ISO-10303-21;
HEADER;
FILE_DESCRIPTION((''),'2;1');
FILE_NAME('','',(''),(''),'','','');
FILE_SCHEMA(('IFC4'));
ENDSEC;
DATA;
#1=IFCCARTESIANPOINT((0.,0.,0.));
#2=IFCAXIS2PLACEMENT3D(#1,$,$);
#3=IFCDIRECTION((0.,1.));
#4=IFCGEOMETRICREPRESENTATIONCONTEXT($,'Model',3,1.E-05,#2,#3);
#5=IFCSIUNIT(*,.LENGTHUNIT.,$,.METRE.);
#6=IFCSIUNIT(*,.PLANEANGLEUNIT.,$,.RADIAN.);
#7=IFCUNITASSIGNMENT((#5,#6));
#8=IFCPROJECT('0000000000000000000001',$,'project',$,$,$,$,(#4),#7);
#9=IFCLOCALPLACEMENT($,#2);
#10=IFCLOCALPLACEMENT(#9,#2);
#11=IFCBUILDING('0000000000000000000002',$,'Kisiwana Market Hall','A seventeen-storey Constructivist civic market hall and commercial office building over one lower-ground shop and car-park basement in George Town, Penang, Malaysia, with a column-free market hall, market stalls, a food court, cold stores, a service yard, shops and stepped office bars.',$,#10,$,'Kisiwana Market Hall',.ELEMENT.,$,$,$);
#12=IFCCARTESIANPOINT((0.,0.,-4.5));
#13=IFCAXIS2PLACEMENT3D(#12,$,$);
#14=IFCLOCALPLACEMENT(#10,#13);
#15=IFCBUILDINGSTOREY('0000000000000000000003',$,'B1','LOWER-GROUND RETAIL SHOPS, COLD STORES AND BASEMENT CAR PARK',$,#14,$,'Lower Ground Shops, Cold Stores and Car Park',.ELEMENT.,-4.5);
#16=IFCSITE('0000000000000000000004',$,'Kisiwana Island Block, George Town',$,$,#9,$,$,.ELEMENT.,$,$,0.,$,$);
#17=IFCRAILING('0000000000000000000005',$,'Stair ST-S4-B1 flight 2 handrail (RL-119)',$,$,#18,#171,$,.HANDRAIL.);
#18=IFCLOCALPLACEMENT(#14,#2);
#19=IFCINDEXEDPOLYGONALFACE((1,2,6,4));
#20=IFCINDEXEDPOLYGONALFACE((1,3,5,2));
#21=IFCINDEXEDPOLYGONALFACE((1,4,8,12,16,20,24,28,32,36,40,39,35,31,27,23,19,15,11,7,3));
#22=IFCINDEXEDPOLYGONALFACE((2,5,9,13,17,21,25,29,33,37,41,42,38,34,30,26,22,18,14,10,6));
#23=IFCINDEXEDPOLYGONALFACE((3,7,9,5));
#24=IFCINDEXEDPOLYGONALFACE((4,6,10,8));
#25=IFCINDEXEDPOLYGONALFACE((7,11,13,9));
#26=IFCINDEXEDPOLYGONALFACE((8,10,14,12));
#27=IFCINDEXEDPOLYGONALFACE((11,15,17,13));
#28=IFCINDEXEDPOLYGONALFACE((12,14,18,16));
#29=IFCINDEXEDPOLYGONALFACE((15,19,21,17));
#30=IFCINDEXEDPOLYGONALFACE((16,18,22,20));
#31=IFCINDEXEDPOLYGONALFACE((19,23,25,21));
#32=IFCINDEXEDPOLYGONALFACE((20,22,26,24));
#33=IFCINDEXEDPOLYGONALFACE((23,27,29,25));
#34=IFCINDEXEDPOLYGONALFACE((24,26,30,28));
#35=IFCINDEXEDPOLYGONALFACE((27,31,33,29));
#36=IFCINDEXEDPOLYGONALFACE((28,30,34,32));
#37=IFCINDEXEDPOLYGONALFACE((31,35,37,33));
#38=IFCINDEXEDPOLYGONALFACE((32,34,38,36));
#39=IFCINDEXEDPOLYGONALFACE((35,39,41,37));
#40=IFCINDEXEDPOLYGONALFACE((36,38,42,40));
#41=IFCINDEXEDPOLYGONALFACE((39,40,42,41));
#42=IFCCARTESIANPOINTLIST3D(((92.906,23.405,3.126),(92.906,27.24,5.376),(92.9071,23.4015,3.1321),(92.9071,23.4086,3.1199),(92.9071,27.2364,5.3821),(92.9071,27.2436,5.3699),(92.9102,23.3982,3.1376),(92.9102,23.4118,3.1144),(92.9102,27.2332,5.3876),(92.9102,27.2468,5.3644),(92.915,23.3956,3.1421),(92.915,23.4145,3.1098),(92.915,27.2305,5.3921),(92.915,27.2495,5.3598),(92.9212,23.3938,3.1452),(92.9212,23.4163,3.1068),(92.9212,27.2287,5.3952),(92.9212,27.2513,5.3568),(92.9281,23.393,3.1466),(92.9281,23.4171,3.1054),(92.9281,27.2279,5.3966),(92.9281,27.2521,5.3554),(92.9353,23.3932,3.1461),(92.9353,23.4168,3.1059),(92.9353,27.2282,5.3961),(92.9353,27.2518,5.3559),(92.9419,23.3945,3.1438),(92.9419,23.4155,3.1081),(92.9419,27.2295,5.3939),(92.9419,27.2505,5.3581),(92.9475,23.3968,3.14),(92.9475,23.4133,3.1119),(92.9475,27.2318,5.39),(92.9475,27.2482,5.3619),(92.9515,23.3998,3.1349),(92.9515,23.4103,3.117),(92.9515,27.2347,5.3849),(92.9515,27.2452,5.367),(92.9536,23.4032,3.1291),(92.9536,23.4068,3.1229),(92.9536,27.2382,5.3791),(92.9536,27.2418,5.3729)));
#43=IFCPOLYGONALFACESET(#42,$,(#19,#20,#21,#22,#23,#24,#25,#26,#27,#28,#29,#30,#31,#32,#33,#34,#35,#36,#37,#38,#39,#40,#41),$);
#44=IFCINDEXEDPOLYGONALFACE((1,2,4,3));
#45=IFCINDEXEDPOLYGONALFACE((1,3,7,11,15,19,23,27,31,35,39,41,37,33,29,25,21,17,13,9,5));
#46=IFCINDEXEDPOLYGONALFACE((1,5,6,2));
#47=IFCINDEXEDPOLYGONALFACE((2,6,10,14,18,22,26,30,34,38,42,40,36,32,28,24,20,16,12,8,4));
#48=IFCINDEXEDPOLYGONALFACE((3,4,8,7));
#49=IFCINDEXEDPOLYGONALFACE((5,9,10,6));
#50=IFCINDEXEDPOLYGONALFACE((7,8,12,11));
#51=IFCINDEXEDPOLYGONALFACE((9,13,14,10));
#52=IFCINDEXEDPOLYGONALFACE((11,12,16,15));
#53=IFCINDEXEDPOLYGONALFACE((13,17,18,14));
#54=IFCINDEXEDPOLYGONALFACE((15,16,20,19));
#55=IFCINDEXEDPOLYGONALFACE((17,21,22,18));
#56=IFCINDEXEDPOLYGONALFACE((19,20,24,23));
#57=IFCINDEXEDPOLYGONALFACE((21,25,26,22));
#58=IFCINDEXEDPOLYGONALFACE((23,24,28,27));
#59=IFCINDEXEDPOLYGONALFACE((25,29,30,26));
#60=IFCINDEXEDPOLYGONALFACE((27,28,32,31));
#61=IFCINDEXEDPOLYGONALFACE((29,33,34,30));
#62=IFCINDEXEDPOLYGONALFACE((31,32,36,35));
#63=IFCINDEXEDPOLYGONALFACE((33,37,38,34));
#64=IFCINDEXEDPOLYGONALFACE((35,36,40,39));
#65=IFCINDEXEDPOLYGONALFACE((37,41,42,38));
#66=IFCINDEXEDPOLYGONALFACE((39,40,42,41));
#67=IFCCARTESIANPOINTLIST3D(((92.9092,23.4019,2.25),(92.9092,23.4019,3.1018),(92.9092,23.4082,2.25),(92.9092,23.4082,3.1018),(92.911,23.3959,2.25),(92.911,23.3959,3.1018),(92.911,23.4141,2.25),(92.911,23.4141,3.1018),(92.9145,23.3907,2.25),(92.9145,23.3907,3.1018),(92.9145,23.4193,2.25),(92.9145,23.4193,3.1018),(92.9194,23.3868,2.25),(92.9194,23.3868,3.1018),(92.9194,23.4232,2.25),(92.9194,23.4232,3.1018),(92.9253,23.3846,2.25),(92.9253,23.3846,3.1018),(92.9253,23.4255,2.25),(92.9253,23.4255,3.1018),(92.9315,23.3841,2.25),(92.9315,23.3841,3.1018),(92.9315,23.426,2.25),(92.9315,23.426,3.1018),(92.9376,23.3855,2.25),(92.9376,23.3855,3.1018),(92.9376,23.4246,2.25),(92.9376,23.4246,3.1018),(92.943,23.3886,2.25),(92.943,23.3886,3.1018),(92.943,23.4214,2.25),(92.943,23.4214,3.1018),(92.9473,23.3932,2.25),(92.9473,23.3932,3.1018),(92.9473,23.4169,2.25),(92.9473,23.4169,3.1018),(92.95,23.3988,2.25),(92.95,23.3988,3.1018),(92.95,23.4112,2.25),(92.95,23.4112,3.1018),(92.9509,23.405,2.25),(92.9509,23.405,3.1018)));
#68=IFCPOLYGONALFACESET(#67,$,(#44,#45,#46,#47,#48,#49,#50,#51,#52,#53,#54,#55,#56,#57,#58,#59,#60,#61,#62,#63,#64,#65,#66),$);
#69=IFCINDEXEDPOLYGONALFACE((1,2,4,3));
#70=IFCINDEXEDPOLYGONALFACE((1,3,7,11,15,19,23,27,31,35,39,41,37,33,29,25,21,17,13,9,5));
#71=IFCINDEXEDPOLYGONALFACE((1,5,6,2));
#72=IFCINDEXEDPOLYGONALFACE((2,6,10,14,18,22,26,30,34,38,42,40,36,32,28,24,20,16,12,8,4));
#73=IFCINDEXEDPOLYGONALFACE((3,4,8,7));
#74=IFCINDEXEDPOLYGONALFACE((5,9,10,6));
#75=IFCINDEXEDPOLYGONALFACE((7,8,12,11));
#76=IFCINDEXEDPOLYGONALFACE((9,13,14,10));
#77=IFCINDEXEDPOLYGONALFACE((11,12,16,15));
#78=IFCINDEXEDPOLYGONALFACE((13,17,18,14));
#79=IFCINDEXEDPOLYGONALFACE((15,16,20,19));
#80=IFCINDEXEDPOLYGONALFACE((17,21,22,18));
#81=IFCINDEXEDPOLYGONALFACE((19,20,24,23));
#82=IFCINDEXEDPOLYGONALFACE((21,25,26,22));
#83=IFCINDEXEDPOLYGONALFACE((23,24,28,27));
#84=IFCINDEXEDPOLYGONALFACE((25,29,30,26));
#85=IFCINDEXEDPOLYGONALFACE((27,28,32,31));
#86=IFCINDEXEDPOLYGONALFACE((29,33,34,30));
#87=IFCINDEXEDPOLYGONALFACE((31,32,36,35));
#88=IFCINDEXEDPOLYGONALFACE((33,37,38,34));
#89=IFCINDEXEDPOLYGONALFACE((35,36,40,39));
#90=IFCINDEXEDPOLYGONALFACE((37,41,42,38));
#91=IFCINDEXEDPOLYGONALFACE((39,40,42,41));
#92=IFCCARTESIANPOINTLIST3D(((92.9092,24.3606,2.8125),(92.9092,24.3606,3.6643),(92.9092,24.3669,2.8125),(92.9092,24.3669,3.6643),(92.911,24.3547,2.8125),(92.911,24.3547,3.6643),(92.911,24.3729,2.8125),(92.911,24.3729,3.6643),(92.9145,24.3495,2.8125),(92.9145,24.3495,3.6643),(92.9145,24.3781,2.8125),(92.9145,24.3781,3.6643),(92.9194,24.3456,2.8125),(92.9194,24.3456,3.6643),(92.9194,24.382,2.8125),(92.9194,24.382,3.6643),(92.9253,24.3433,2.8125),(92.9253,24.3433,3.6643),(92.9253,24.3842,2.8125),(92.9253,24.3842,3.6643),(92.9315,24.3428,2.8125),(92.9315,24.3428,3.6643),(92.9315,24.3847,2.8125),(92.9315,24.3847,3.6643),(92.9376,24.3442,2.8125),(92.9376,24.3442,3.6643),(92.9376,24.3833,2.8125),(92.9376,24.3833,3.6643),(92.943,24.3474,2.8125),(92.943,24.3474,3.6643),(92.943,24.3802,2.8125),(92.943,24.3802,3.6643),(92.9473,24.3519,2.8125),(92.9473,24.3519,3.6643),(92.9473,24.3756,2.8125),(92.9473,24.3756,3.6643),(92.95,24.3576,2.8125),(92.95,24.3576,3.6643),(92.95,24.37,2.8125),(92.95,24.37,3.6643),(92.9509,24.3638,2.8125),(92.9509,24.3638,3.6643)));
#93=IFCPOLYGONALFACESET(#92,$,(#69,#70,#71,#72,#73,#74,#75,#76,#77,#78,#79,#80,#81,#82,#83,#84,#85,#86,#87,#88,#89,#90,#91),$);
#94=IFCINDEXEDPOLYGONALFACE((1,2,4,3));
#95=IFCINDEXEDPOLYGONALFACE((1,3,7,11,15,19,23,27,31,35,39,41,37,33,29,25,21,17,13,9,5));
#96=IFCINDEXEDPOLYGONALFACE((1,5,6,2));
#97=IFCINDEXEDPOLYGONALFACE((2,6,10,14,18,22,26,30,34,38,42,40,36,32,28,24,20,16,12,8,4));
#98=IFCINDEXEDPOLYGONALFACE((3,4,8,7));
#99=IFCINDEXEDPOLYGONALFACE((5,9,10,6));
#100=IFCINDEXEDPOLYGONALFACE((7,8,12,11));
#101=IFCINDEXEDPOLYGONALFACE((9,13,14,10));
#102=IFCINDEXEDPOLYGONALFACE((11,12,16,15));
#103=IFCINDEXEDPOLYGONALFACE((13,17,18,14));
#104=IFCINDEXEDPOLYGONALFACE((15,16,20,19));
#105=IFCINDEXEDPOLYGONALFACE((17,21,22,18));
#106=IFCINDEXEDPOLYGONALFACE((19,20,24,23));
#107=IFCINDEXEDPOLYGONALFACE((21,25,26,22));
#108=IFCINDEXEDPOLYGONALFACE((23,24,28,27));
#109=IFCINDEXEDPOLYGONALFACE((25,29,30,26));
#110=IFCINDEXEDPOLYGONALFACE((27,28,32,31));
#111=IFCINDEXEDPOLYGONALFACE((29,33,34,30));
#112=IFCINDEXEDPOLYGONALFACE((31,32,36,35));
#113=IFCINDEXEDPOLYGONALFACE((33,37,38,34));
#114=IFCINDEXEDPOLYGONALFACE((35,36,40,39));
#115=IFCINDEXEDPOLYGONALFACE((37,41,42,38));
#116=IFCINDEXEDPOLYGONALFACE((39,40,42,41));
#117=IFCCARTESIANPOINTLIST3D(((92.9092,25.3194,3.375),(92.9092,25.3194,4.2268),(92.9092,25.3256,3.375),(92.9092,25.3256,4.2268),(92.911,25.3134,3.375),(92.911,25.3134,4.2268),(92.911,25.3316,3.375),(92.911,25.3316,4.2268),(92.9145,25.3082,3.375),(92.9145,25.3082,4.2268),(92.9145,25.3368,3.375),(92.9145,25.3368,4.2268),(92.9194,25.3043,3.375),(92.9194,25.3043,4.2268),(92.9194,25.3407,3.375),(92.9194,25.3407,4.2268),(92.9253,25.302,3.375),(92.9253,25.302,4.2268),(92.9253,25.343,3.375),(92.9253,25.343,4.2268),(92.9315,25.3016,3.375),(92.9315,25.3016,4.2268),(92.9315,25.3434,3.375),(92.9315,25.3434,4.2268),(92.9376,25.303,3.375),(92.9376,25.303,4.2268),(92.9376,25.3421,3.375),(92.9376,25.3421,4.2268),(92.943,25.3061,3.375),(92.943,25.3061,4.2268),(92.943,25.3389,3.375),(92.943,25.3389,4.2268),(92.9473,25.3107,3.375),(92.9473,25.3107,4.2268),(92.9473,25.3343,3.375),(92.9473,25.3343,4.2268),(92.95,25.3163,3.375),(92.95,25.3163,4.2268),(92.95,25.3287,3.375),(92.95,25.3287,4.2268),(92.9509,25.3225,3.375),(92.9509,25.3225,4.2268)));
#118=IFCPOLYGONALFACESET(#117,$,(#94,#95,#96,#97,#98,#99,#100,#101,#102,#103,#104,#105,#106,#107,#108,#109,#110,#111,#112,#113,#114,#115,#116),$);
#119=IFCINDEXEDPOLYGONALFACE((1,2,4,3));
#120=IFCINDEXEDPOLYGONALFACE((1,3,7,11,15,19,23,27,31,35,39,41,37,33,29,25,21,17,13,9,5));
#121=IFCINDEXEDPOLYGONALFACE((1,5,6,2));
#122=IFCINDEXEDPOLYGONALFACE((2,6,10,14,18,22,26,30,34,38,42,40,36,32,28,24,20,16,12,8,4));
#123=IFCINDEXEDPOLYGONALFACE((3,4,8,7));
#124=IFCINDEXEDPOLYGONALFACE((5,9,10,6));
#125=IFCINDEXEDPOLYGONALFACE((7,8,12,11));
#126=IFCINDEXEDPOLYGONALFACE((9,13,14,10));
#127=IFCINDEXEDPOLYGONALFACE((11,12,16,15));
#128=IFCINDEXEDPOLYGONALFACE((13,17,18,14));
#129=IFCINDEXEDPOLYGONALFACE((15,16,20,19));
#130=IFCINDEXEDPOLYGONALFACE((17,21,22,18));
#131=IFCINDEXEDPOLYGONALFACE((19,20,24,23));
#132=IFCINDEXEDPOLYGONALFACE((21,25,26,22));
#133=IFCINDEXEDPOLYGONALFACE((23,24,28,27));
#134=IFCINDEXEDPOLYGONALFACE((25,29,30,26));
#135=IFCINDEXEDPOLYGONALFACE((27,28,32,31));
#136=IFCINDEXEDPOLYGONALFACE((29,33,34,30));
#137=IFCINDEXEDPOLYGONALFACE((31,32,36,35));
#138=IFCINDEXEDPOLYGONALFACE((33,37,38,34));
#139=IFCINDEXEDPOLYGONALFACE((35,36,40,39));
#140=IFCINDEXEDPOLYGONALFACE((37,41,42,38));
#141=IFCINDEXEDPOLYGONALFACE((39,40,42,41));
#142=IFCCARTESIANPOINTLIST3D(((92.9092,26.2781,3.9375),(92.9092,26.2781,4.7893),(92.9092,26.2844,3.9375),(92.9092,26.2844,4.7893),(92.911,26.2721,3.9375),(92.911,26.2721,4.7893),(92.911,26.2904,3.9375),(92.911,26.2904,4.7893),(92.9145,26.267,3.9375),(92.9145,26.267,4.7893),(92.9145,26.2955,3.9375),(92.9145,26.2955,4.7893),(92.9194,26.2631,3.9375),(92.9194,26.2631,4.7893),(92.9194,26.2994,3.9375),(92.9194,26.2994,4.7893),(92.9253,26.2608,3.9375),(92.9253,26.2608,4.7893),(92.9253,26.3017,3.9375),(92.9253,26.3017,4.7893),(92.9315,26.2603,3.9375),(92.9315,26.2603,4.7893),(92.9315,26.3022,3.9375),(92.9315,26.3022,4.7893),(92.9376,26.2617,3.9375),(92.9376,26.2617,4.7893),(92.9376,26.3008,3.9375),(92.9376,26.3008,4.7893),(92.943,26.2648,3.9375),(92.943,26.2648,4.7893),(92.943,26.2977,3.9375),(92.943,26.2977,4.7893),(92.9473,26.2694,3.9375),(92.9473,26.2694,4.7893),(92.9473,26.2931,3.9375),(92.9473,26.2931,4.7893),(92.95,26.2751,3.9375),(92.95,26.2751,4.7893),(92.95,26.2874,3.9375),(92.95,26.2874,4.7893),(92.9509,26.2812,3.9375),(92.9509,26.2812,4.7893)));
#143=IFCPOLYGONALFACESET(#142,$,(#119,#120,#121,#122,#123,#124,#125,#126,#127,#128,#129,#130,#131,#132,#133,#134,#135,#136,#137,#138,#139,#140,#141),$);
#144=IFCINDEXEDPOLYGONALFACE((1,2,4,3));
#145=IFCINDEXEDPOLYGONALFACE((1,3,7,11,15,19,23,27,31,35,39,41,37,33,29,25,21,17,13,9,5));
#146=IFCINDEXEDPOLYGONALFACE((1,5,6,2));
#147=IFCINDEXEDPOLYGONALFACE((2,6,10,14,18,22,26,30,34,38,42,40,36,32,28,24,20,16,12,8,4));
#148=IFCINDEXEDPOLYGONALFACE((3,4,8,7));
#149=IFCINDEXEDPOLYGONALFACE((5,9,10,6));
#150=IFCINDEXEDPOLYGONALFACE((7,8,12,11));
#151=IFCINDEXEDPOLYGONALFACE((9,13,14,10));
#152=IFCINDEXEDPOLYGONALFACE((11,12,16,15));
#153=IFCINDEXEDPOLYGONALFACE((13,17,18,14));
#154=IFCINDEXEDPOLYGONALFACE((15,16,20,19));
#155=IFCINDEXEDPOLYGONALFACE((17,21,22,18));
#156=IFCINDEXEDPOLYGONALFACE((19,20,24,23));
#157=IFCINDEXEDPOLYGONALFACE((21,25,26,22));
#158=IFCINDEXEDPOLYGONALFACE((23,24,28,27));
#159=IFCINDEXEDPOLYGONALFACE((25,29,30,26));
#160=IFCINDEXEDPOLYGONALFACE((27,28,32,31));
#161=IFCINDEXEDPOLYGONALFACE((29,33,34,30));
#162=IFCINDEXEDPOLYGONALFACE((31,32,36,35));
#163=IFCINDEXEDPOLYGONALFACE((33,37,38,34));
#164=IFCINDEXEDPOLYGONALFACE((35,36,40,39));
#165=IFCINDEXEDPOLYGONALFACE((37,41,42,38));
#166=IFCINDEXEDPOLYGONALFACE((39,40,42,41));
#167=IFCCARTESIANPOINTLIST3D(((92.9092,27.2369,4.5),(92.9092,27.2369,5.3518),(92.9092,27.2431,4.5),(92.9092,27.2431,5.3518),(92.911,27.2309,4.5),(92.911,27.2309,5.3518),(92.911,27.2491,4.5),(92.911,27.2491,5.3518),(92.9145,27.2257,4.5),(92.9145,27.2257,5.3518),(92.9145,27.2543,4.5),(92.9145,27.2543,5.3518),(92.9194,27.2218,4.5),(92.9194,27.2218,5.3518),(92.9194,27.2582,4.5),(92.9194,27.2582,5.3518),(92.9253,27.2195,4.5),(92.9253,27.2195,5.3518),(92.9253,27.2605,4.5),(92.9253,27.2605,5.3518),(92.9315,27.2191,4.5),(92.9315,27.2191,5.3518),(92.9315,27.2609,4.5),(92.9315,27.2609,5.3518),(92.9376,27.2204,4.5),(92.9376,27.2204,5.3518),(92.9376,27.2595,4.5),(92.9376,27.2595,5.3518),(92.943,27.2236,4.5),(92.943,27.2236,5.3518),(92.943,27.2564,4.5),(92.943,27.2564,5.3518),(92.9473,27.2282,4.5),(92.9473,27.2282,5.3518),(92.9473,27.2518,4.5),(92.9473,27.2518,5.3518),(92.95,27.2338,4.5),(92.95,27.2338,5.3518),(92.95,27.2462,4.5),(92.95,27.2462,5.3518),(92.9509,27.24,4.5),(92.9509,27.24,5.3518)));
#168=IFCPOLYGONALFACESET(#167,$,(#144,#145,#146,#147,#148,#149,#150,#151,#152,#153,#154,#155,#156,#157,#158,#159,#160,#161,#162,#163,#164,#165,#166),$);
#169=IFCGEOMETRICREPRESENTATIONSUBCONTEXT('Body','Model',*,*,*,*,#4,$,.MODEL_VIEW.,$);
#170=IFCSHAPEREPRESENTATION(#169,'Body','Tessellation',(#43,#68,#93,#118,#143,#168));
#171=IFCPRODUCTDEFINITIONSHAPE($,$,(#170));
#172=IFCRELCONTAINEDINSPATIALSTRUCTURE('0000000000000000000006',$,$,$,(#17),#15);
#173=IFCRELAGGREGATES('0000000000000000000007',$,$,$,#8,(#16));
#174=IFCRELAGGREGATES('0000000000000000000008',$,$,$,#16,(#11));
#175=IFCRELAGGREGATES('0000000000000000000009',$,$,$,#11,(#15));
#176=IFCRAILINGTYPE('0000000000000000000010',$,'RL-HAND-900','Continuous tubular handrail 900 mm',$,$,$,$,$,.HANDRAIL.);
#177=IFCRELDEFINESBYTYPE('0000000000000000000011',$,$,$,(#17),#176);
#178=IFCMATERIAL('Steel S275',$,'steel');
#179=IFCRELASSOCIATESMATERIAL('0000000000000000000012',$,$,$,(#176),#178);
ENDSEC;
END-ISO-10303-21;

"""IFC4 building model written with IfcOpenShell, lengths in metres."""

from ifc_helpers import new_model, si_unit, direction, frame, origin, origin_2d, place, context, subcontext, project, spatial, circle, extrude, material, type_object, element, save


model = new_model("IFC4")

# Units and contexts
model_context = context("Model", 3, precision=1e-05, world=origin(), true_north=direction((0.0, 1.0)))
body_context = subcontext(model_context, "Body", "Model", "MODEL_VIEW")
ifc_project = project(units=[si_unit("LENGTHUNIT", "METRE"), si_unit("PLANEANGLEUNIT", "RADIAN")], contexts=[model_context])

# Site, building, storey
site_placement = place(None, origin())
site = spatial("IfcSite", under=ifc_project, at=site_placement, Name="Kisiwana Island Block, George Town", CompositionType="ELEMENT", RefElevation=0.0)
building_placement = place(site_placement, origin())
building = spatial("IfcBuilding", under=site, at=building_placement, Name="Kisiwana Market Hall", Description="A seventeen-storey Constructivist civic market hall and commercial office building over one lower-ground shop and car-park basement in George Town, Penang, Malaysia, with a column-free market hall, market stalls, a food court, cold stores, a service yard, shops and stepped office bars.", LongName="Kisiwana Market Hall", CompositionType="ELEMENT")
storey_placement = place(building_placement, frame((0.0, 0.0, -4.5)))
storey = spatial("IfcBuildingStorey", under=building, at=storey_placement, Name="B1", Description="LOWER-GROUND RETAIL SHOPS, COLD STORES AND BASEMENT CAR PARK", LongName="Lower Ground Shops, Cold Stores and Car Park", CompositionType="ELEMENT", Elevation=-4.5)

# Railing
ifc_material_1 = material(Name="Steel S275", Category="steel")
railing_type = type_object("IfcRailingType", Name="RL-HAND-900", Description="Continuous tubular handrail 900 mm", PredefinedType="HANDRAIL", material=ifc_material_1)
for number, where, name in (
    (1, (92.9299, 23.405, 2.25), "Stair ST-S4-B1 flight 2 handrail (RL-119)"),
):
    element("IfcRailing", number, at=place(storey_placement, frame(where)), inside=storey, type_object=railing_type, Name=name, PredefinedType="HANDRAIL", context=body_context, shape_type="SweptSolid", body=[
        extrude(circle(Radius=0.0239, at=origin_2d()), frame((0.0, 0.0, 0.876), z_axis=(0.0, 0.86251, 0.506041), x_axis=(-1.0, 0.0, 0.0)), (0.0, 0.0, 1.0), 4.4463),
        extrude(circle(Radius=0.021, at=origin_2d()), origin(), (0.0, 0.0, 1.0), 0.8518),
        extrude(circle(Radius=0.021, at=origin_2d()), frame((0.0, 0.9587, 0.5625)), (0.0, 0.0, 1.0), 0.8518),
        extrude(circle(Radius=0.021, at=origin_2d()), frame((0.0, 1.9175, 1.125)), (0.0, 0.0, 1.0), 0.8518),
        extrude(circle(Radius=0.021, at=origin_2d()), frame((0.0, 2.8762, 1.6875)), (0.0, 0.0, 1.0), 0.8518),
        extrude(circle(Radius=0.021, at=origin_2d()), frame((0.0, 3.835, 2.25)), (0.0, 0.0, 1.0), 0.8518),
    ])

save(model, "model.ifc")
